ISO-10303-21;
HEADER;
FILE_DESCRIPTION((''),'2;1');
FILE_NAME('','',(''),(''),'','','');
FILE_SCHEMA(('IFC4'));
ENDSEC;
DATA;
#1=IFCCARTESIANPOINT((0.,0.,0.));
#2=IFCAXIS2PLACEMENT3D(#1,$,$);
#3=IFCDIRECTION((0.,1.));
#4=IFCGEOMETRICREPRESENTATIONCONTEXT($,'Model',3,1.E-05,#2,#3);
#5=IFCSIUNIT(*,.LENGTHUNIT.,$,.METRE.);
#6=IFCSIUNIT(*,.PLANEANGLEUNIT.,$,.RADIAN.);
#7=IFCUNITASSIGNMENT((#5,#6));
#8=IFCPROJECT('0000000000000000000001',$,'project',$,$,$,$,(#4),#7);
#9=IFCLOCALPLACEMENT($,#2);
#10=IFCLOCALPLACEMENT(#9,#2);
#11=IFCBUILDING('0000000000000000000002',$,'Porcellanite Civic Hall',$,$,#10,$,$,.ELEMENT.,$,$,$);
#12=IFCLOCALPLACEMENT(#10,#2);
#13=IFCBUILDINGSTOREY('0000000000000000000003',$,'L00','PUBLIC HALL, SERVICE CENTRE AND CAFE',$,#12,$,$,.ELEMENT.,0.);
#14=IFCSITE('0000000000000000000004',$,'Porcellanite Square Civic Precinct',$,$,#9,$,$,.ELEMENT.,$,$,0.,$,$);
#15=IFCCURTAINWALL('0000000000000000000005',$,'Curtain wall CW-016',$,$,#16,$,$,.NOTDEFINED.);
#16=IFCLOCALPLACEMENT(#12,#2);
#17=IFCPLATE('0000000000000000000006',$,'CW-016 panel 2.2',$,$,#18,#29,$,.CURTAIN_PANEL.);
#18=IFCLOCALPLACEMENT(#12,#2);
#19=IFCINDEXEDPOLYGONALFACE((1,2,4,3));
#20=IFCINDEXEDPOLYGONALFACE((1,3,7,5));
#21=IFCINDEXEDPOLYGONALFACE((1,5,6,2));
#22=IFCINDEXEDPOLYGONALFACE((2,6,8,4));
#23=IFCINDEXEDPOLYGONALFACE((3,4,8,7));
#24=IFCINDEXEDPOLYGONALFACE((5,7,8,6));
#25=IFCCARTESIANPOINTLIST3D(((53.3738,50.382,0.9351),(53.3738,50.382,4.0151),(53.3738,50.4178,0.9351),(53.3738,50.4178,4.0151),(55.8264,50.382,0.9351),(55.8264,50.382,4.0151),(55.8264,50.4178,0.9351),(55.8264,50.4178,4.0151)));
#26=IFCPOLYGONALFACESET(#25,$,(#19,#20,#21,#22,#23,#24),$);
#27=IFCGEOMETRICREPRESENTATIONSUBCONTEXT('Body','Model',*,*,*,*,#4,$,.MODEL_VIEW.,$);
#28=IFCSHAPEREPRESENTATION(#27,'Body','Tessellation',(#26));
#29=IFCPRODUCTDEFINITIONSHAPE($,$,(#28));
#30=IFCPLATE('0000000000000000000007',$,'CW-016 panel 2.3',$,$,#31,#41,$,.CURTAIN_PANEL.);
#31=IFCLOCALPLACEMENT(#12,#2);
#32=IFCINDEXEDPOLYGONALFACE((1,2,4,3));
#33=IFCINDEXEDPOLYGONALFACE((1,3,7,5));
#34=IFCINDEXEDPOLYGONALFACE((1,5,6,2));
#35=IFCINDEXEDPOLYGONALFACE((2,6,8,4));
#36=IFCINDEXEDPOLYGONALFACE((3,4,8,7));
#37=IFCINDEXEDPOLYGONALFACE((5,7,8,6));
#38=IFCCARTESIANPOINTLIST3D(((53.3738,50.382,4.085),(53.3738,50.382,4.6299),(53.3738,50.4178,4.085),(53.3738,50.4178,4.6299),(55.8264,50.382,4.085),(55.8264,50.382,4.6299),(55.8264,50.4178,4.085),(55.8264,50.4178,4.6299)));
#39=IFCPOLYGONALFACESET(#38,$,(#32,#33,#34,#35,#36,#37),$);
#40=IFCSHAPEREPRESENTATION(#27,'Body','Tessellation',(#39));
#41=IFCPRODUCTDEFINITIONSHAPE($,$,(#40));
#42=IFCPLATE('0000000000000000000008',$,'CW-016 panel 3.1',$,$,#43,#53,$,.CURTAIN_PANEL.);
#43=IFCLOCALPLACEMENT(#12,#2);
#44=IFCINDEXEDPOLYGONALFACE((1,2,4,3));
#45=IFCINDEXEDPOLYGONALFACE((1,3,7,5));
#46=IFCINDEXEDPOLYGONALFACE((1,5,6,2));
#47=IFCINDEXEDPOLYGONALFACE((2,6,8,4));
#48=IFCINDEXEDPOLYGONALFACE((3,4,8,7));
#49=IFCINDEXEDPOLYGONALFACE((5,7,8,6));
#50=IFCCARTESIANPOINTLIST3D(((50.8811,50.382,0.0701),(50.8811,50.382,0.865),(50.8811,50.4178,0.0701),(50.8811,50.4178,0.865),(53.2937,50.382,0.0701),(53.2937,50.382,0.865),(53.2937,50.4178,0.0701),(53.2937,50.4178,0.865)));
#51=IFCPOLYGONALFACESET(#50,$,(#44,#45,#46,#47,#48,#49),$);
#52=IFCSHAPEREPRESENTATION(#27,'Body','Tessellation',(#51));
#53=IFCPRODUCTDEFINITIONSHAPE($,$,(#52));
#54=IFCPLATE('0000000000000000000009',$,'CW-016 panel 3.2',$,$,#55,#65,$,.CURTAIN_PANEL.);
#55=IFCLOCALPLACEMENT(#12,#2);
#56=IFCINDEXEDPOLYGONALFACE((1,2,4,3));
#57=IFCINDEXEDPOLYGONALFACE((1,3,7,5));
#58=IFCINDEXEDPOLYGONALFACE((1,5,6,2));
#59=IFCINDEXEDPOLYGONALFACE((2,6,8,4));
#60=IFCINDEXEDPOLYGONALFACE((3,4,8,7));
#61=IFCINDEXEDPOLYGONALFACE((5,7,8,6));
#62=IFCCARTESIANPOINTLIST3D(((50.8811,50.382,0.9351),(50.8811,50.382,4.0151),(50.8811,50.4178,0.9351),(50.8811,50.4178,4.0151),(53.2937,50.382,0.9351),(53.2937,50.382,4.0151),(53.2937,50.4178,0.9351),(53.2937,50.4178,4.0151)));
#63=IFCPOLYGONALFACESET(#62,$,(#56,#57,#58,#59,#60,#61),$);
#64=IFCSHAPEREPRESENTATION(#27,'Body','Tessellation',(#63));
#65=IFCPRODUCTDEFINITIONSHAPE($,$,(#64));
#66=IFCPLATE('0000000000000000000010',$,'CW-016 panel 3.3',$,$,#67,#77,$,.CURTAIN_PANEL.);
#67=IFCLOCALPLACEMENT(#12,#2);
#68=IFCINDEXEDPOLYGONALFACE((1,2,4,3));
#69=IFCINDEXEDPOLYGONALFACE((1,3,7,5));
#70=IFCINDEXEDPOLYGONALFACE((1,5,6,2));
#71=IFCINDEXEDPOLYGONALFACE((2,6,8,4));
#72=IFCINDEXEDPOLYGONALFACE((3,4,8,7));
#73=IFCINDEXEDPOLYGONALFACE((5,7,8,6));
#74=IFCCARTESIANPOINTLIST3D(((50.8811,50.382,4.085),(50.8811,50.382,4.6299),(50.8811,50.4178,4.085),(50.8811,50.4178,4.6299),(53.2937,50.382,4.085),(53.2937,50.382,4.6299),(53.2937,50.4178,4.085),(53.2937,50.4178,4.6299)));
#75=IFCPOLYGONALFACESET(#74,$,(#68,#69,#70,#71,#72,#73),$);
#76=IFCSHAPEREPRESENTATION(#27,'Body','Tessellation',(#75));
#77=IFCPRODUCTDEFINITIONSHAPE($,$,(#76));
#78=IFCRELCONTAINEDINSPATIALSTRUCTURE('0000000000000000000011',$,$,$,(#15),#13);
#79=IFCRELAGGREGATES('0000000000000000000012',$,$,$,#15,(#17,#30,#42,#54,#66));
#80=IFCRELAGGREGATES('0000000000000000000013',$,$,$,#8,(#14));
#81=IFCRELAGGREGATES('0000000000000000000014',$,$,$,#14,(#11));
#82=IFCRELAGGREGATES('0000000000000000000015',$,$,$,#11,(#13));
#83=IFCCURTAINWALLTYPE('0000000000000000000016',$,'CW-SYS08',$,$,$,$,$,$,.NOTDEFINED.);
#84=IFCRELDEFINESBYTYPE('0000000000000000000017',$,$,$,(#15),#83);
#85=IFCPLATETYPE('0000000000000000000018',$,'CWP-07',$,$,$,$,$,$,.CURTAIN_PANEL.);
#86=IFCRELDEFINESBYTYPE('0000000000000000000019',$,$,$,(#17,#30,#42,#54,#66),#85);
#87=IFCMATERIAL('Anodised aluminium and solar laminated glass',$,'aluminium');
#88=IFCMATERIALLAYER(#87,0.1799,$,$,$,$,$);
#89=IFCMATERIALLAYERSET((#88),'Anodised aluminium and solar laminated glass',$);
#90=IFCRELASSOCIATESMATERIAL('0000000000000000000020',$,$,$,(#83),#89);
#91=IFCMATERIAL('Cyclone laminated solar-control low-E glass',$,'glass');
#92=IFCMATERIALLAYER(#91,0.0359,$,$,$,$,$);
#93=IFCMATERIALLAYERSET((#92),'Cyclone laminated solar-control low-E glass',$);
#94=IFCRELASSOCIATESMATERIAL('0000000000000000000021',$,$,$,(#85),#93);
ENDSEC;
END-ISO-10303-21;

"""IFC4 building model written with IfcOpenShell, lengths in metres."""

from ifc_helpers import new_model, si_unit, direction, frame, origin, origin_2d, place, context, subcontext, project, spatial, rectangle, extrude, material, layer, layer_set, type_object, element, aggregate, save


model = new_model("IFC4")

# Units and contexts
model_context = context("Model", 3, precision=1e-05, world=origin(), true_north=direction((0.0, 1.0)))
body_context = subcontext(model_context, "Body", "Model", "MODEL_VIEW")
ifc_project = project(units=[si_unit("LENGTHUNIT", "METRE"), si_unit("PLANEANGLEUNIT", "RADIAN")], contexts=[model_context])

# Site, building, storey
site_placement = place(None, origin())
site = spatial("IfcSite", under=ifc_project, at=site_placement, Name="Porcellanite Square Civic Precinct", CompositionType="ELEMENT", RefElevation=0.0)
building_placement = place(site_placement, origin())
building = spatial("IfcBuilding", under=site, at=building_placement, Name="Porcellanite Civic Hall", CompositionType="ELEMENT")
storey_placement = place(building_placement, origin())
storey = spatial("IfcBuildingStorey", under=building, at=storey_placement, Name="L00", Description="PUBLIC HALL, SERVICE CENTRE AND CAFE", CompositionType="ELEMENT", Elevation=0.0)

# Curtain wall
ifc_material_1 = material(Name="Anodised aluminium and solar laminated glass", Category="aluminium")
ifc_layer_1 = layer(ifc_material_1, 0.1799)
ifc_layer_set_1 = layer_set([ifc_layer_1], Name="Anodised aluminium and solar laminated glass")
curtain_wall_type = type_object("IfcCurtainWallType", Name="CW-SYS08", PredefinedType="NOTDEFINED", material=ifc_layer_set_1)
curtain_wall_placement = place(storey_placement, origin())
curtain_wall = element("IfcCurtainWall", 1, at=curtain_wall_placement, inside=storey, type_object=curtain_wall_type, Name="Curtain wall CW-016", PredefinedType="NOTDEFINED")

# Plates
ifc_material_2 = material(Name="Cyclone laminated solar-control low-E glass", Category="glass")
ifc_layer_2 = layer(ifc_material_2, 0.0359)
ifc_layer_set_2 = layer_set([ifc_layer_2], Name="Cyclone laminated solar-control low-E glass")
plate_type = type_object("IfcPlateType", Name="CWP-07", PredefinedType="CURTAIN_PANEL", material=ifc_layer_set_2)
plate_1_placement = place(storey_placement, frame((54.6001, 50.3999, 0.9351), z_axis=(0.0, 0.0, 1.0), x_axis=(-1.0, 0.0, 0.0)))
plate_1 = element("IfcPlate", 2, at=plate_1_placement, type_object=plate_type, Name="CW-016 panel 2.2", PredefinedType="CURTAIN_PANEL", context=body_context, shape_type="SweptSolid", body=[
    extrude(rectangle(XDim=2.4526, YDim=0.0359, at=origin_2d()), origin(), (0.0, 0.0, 1.0), 3.0801),
])
plate_2_placement = place(storey_placement, frame((54.6001, 50.3999, 4.085), z_axis=(0.0, 0.0, 1.0), x_axis=(-1.0, 0.0, 0.0)))
plate_2 = element("IfcPlate", 3, at=plate_2_placement, type_object=plate_type, Name="CW-016 panel 2.3", PredefinedType="CURTAIN_PANEL", context=body_context, shape_type="SweptSolid", body=[
    extrude(rectangle(XDim=2.4526, YDim=0.0359, at=origin_2d()), origin(), (0.0, 0.0, 1.0), 0.5449),
])
plate_3_placement = place(storey_placement, frame((52.0874, 50.3999, 0.0701), z_axis=(0.0, 0.0, 1.0), x_axis=(-1.0, 0.0, 0.0)))
plate_3 = element("IfcPlate", 4, at=plate_3_placement, type_object=plate_type, Name="CW-016 panel 3.1", PredefinedType="CURTAIN_PANEL", context=body_context, shape_type="SweptSolid", body=[
    extrude(rectangle(XDim=2.4126, YDim=0.0359, at=origin_2d()), origin(), (0.0, 0.0, 1.0), 0.7949),
])
plate_4_placement = place(storey_placement, frame((52.0874, 50.3999, 0.9351), z_axis=(0.0, 0.0, 1.0), x_axis=(-1.0, 0.0, 0.0)))
plate_4 = element("IfcPlate", 5, at=plate_4_placement, type_object=plate_type, Name="CW-016 panel 3.2", PredefinedType="CURTAIN_PANEL", context=body_context, shape_type="SweptSolid", body=[
    extrude(rectangle(XDim=2.4126, YDim=0.0359, at=origin_2d()), origin(), (0.0, 0.0, 1.0), 3.0801),
])
plate_5_placement = place(storey_placement, frame((52.0874, 50.3999, 4.085), z_axis=(0.0, 0.0, 1.0), x_axis=(-1.0, 0.0, 0.0)))
plate_5 = element("IfcPlate", 6, at=plate_5_placement, type_object=plate_type, Name="CW-016 panel 3.3", PredefinedType="CURTAIN_PANEL", context=body_context, shape_type="SweptSolid", body=[
    extrude(rectangle(XDim=2.4126, YDim=0.0359, at=origin_2d()), origin(), (0.0, 0.0, 1.0), 0.5449),
])
aggregate(curtain_wall, [plate_1, plate_2, plate_3, plate_4, plate_5])

save(model, "model.ifc")
